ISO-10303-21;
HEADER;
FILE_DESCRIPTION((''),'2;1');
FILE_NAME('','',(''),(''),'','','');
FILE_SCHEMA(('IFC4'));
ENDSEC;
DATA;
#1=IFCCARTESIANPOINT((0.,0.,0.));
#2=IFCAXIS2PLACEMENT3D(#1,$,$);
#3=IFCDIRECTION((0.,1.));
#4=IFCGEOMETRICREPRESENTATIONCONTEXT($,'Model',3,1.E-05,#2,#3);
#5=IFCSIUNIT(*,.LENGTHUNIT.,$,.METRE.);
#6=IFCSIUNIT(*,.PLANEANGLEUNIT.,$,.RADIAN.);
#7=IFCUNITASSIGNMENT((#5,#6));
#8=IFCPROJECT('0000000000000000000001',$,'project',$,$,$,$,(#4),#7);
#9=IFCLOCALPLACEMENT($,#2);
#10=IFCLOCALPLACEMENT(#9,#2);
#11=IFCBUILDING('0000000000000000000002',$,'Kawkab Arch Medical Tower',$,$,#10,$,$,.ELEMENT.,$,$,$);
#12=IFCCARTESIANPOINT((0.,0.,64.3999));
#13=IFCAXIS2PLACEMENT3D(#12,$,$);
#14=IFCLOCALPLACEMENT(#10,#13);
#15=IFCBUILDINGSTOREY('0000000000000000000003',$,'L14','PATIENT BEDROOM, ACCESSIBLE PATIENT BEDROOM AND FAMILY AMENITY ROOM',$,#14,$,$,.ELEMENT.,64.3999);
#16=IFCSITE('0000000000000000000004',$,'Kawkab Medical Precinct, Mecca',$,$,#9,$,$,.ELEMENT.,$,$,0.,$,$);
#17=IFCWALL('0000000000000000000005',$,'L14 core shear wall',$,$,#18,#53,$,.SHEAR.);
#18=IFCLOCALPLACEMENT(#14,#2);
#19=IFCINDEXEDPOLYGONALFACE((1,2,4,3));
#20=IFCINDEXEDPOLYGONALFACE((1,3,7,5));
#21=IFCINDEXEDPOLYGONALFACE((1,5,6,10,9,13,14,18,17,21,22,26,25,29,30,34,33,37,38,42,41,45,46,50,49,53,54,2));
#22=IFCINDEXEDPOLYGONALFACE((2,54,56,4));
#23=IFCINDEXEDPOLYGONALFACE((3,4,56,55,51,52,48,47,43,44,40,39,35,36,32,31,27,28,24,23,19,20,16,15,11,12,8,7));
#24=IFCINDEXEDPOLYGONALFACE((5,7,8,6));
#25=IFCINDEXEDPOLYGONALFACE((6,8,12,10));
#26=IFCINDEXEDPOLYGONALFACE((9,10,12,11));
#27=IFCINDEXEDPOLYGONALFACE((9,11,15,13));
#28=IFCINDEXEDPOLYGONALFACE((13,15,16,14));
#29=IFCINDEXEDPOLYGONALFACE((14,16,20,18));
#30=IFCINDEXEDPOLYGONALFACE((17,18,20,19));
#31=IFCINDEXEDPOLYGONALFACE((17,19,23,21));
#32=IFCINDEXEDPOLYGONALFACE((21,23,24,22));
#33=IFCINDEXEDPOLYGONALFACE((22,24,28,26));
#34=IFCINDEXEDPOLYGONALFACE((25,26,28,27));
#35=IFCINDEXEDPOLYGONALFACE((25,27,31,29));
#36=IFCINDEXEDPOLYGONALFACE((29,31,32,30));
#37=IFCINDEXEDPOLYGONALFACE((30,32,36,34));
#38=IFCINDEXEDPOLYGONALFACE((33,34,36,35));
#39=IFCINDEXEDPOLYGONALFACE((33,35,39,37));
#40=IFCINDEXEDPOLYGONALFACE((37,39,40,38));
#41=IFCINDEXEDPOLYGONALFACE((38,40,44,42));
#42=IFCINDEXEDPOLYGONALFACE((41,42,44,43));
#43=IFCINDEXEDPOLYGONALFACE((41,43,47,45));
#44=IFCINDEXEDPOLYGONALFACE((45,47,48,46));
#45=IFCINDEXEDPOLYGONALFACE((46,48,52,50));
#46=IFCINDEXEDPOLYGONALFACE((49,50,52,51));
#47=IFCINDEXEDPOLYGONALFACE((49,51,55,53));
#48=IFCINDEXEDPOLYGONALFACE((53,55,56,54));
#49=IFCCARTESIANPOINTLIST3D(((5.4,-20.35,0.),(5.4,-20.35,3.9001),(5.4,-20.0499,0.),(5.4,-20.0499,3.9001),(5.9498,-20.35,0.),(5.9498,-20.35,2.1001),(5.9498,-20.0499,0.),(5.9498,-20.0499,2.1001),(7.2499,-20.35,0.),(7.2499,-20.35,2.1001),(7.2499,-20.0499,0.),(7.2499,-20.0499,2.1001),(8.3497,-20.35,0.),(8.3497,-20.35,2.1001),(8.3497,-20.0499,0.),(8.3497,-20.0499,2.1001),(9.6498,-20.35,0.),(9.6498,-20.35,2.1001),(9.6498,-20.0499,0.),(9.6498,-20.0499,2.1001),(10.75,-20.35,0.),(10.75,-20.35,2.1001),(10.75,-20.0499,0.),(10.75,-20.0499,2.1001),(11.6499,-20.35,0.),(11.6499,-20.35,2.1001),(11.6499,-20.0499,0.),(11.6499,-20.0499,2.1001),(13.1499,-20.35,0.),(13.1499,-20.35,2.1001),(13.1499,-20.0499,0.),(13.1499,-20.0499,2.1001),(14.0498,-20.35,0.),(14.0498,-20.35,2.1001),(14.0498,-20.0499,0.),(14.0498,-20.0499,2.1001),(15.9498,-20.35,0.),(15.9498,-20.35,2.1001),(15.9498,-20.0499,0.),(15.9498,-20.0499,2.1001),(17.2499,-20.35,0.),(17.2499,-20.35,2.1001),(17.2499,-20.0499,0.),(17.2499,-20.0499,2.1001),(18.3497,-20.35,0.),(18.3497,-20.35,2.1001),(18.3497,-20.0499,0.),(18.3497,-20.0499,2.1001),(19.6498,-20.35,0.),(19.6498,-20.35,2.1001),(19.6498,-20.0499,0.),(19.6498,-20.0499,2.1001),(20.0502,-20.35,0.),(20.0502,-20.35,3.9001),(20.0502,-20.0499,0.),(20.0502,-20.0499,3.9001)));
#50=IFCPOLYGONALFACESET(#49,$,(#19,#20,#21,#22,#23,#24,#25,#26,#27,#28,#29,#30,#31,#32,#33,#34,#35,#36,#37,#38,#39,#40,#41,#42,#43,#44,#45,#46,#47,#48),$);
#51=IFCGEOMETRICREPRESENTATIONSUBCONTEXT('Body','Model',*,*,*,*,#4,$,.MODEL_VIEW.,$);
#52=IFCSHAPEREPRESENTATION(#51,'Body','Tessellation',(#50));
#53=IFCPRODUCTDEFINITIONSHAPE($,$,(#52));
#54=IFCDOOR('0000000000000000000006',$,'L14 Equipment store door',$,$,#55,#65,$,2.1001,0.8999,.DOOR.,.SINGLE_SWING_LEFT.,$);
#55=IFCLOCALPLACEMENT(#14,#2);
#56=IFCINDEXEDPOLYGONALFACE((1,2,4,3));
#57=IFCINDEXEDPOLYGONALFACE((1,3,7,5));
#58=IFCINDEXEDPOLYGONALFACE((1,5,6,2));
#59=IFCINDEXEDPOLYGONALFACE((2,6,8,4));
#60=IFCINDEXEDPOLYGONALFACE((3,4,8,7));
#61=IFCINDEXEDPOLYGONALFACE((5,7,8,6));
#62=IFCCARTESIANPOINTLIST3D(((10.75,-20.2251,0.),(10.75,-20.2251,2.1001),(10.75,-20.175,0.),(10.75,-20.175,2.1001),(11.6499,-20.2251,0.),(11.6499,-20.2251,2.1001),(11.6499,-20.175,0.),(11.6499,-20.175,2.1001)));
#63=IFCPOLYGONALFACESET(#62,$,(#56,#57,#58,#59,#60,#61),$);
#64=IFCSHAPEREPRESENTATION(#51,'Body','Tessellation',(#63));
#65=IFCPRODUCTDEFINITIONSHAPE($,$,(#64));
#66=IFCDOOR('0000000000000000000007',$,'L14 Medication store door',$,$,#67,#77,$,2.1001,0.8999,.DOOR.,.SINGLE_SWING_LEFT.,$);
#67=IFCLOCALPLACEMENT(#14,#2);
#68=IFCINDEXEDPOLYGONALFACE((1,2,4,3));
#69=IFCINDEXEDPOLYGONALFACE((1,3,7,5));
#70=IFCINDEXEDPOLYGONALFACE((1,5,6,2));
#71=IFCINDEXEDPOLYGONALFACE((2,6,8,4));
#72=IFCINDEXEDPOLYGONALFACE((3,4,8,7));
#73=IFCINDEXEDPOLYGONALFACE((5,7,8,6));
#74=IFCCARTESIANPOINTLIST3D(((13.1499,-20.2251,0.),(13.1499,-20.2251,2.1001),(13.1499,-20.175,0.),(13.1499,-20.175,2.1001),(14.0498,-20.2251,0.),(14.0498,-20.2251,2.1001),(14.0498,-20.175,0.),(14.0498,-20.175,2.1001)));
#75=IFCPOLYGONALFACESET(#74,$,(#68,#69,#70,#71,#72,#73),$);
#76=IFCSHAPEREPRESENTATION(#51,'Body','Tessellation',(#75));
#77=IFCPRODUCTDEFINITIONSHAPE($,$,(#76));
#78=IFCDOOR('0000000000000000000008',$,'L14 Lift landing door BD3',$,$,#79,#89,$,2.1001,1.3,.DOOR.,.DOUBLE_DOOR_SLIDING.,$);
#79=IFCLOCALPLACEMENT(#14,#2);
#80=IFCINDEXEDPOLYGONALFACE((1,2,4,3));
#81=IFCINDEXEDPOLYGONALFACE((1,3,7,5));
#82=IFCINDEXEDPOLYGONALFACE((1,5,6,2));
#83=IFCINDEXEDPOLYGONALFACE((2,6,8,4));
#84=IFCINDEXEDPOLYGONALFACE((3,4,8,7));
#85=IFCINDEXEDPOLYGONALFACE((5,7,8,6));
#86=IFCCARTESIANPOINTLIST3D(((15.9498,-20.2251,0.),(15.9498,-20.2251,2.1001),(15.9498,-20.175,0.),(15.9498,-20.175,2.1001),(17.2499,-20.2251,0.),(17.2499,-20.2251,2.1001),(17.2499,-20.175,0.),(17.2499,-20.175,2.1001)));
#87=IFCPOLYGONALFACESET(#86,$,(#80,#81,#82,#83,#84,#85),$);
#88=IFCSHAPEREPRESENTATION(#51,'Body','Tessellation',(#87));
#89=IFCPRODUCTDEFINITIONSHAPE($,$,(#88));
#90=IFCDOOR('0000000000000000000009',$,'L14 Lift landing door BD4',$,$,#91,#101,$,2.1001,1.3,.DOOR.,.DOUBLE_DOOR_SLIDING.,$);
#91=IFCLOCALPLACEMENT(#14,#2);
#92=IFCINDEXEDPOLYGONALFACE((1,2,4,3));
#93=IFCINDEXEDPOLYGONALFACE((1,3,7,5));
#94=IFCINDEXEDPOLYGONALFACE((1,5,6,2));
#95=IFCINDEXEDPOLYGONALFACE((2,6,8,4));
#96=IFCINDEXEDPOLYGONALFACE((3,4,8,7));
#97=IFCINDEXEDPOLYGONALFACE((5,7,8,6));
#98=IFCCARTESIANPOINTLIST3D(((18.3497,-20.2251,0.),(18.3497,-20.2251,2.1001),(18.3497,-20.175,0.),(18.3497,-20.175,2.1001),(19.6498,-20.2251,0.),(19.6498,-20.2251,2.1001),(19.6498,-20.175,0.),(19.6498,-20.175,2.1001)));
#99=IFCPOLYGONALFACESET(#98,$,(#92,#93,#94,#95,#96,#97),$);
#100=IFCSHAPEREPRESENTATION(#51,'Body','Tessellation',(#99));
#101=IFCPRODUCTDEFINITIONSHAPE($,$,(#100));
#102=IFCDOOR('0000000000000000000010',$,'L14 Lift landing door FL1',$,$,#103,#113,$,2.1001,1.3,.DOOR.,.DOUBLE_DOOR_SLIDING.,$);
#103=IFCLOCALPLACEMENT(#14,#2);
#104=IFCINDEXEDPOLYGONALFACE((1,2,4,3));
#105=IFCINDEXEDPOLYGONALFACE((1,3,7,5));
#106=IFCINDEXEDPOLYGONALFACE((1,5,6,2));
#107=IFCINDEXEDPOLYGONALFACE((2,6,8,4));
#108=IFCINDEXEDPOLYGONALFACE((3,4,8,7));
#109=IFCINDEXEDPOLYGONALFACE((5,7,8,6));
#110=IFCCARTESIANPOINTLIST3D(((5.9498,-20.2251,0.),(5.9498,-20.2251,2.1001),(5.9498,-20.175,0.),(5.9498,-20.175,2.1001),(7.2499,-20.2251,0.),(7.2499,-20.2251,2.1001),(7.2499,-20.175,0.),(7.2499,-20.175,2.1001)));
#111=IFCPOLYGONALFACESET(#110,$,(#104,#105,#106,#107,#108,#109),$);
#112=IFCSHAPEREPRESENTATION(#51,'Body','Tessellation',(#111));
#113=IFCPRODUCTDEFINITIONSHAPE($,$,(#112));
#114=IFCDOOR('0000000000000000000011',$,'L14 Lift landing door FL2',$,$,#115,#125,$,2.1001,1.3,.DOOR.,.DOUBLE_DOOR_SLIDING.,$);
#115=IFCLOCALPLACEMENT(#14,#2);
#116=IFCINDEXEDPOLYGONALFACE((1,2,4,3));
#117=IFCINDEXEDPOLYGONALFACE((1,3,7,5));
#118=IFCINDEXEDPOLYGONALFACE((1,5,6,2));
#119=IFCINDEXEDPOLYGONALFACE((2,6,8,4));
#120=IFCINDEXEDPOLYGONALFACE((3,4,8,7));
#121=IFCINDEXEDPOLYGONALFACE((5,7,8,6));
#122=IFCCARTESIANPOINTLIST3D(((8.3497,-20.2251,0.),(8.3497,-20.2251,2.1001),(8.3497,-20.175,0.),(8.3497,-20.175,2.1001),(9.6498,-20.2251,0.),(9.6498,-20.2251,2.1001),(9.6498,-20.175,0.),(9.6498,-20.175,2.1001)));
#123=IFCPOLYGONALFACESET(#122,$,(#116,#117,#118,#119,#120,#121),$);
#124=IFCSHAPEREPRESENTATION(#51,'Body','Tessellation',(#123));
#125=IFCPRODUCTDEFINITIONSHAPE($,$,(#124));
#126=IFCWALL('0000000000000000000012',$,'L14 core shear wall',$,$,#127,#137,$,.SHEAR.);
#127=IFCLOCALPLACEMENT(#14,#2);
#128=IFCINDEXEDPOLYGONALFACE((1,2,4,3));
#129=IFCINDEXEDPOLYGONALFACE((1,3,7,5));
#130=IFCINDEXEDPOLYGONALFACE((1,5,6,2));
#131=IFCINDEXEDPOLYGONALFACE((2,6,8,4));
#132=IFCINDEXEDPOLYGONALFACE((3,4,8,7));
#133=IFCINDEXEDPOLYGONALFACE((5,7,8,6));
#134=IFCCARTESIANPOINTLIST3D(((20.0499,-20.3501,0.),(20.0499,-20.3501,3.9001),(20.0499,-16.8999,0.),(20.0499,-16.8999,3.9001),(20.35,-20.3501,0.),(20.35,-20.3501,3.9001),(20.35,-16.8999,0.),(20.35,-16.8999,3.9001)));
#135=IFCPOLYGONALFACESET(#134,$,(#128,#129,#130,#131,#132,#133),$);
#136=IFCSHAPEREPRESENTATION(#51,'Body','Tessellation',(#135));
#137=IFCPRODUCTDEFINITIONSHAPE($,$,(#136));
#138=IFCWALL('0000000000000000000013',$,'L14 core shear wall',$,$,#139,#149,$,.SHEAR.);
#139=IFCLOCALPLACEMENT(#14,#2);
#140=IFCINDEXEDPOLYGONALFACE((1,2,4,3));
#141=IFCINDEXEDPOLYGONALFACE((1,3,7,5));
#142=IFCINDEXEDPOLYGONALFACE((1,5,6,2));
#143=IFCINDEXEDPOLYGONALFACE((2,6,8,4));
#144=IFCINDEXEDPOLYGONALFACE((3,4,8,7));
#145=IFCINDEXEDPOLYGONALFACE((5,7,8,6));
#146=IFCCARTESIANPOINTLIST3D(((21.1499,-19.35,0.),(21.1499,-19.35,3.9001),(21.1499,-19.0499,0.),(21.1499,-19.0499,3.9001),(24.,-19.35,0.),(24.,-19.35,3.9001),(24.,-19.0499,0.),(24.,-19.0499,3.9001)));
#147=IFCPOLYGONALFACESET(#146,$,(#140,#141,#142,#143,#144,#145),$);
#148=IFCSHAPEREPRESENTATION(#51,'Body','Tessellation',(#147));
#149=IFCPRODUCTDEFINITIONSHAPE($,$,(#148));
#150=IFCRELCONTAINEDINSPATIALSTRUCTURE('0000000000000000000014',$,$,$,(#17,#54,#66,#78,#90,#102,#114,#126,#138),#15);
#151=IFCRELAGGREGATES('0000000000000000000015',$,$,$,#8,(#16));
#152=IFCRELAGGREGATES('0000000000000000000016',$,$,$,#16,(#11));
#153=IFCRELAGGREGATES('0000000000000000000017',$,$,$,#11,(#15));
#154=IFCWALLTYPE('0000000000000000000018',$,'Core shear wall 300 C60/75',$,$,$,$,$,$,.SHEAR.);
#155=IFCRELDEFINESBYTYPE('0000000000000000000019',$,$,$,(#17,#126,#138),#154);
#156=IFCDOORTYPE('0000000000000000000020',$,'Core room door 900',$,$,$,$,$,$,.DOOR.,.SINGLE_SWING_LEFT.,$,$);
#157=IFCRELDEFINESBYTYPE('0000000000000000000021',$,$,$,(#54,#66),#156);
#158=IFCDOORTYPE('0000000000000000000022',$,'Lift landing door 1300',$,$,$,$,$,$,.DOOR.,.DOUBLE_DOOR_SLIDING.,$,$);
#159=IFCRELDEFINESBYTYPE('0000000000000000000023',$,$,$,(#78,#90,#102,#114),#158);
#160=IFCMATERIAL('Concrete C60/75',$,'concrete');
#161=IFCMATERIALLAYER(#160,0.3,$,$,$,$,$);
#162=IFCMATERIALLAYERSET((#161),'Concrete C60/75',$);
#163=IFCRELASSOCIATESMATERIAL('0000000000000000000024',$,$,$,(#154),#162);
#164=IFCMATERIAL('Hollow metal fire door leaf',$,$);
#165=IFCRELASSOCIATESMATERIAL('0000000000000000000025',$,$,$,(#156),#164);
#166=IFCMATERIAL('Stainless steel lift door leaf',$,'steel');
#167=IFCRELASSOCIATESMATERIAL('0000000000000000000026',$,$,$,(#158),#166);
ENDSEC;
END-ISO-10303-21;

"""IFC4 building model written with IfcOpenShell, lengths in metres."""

from ifc_helpers import new_model, si_unit, direction, frame, frame_2d, origin, place, context, subcontext, project, spatial, rectangle, extrude, material, layer, layer_set, type_object, element, fill, save


model = new_model("IFC4")

# Units and contexts
model_context = context("Model", 3, precision=1e-05, world=origin(), true_north=direction((0.0, 1.0)))
body_context = subcontext(model_context, "Body", "Model", "MODEL_VIEW")
ifc_project = project(units=[si_unit("LENGTHUNIT", "METRE"), si_unit("PLANEANGLEUNIT", "RADIAN")], contexts=[model_context])

# Site, building, storey
site_placement = place(None, origin())
site = spatial("IfcSite", under=ifc_project, at=site_placement, Name="Kawkab Medical Precinct, Mecca", CompositionType="ELEMENT", RefElevation=0.0)
building_placement = place(site_placement, origin())
building = spatial("IfcBuilding", under=site, at=building_placement, Name="Kawkab Arch Medical Tower", CompositionType="ELEMENT")
storey_placement = place(building_placement, frame((0.0, 0.0, 64.3999)))
storey = spatial("IfcBuildingStorey", under=building, at=storey_placement, Name="L14", Description="PATIENT BEDROOM, ACCESSIBLE PATIENT BEDROOM AND FAMILY AMENITY ROOM", CompositionType="ELEMENT", Elevation=64.3999)

# Shared definitions
ifc_material_1 = material(Name="Concrete C60/75", Category="concrete")
ifc_layer_1 = layer(ifc_material_1, 0.3)
ifc_layer_set_1 = layer_set([ifc_layer_1], Name="Concrete C60/75")
wall_type_1 = type_object("IfcWallType", Name="Core shear wall 300 C60/75", PredefinedType="SHEAR", material=ifc_layer_set_1)

# Wall, openings, doors
wall_1_placement = place(storey_placement, frame((5.3999, -20.2, 0.0), z_axis=(0.0, 0.0, 1.0), x_axis=(1.0, 0.0, 0.0)))
wall_1 = element("IfcWall", 1, at=wall_1_placement, inside=storey, type_object=wall_type_1, Name="L14 core shear wall", PredefinedType="SHEAR", context=body_context, shape_type="SweptSolid", body=[
    extrude(rectangle(XDim=14.6501, YDim=0.3, at=frame_2d((7.3252, 0.0))), origin(), (0.0, 0.0, 1.0), 3.9001),
])
opening_1_placement = place(wall_1_placement, frame((10.55, 0.0, 0.0)))
opening_1 = element("IfcOpeningElement", 2, at=opening_1_placement, cuts=wall_1, PredefinedType="OPENING", context=body_context, shape_type="SweptSolid", body=[
    extrude(rectangle(XDim=1.3, YDim=2.1001, at=frame_2d((0.6499, 1.05))), frame((0.0, 0.1599, 0.0), z_axis=(0.0, -1.0, 0.0), x_axis=(1.0, 0.0, 0.0)), (0.0, 0.0, 1.0), 0.3201),
])
opening_2_placement = place(wall_1_placement, frame((12.95, 0.0, 0.0)))
opening_2 = element("IfcOpeningElement", 3, at=opening_2_placement, cuts=wall_1, PredefinedType="OPENING", context=body_context, shape_type="SweptSolid", body=[
    extrude(rectangle(XDim=1.3, YDim=2.1001, at=frame_2d((0.6499, 1.05))), frame((0.0, 0.1599, 0.0), z_axis=(0.0, -1.0, 0.0), x_axis=(1.0, 0.0, 0.0)), (0.0, 0.0, 1.0), 0.3201),
])
opening_3_placement = place(wall_1_placement, frame((0.55, 0.0, 0.0)))
opening_3 = element("IfcOpeningElement", 4, at=opening_3_placement, cuts=wall_1, PredefinedType="OPENING", context=body_context, shape_type="SweptSolid", body=[
    extrude(rectangle(XDim=1.3, YDim=2.1001, at=frame_2d((0.6499, 1.05))), frame((0.0, 0.1599, 0.0), z_axis=(0.0, -1.0, 0.0), x_axis=(1.0, 0.0, 0.0)), (0.0, 0.0, 1.0), 0.3201),
])
opening_4_placement = place(wall_1_placement, frame((2.95, 0.0, 0.0)))
opening_4 = element("IfcOpeningElement", 5, at=opening_4_placement, cuts=wall_1, PredefinedType="OPENING", context=body_context, shape_type="SweptSolid", body=[
    extrude(rectangle(XDim=1.3, YDim=2.1001, at=frame_2d((0.6499, 1.05))), frame((0.0, 0.1599, 0.0), z_axis=(0.0, -1.0, 0.0), x_axis=(1.0, 0.0, 0.0)), (0.0, 0.0, 1.0), 0.3201),
])
opening_5_placement = place(wall_1_placement, frame((5.3501, 0.0, 0.0)))
opening_5 = element("IfcOpeningElement", 6, at=opening_5_placement, cuts=wall_1, PredefinedType="OPENING", context=body_context, shape_type="SweptSolid", body=[
    extrude(rectangle(XDim=0.8999, YDim=2.1001, at=frame_2d((0.45, 1.05))), frame((0.0, 0.1599, 0.0), z_axis=(0.0, -1.0, 0.0), x_axis=(1.0, 0.0, 0.0)), (0.0, 0.0, 1.0), 0.3201),
])
opening_6_placement = place(wall_1_placement, frame((7.75, 0.0, 0.0)))
opening_6 = element("IfcOpeningElement", 7, at=opening_6_placement, cuts=wall_1, PredefinedType="OPENING", context=body_context, shape_type="SweptSolid", body=[
    extrude(rectangle(XDim=0.8999, YDim=2.1001, at=frame_2d((0.45, 1.05))), frame((0.0, 0.1599, 0.0), z_axis=(0.0, -1.0, 0.0), x_axis=(1.0, 0.0, 0.0)), (0.0, 0.0, 1.0), 0.3201),
])
ifc_material_2 = material(Name="Hollow metal fire door leaf")
door_type_1 = type_object("IfcDoorType", Name="Core room door 900", OperationType="SINGLE_SWING_LEFT", PredefinedType="DOOR", material=ifc_material_2)
door_1_placement = place(opening_5_placement, origin())
door_1 = element("IfcDoor", 8, at=door_1_placement, inside=storey, type_object=door_type_1, Name="L14 Equipment store door", OperationType="SINGLE_SWING_LEFT", OverallHeight=2.1001, OverallWidth=0.8999, PredefinedType="DOOR", context=body_context, shape_type="SweptSolid", body=[
    extrude(rectangle(XDim=0.8999, YDim=2.1001, at=frame_2d((0.45, 1.05))), frame((0.0, 0.0249, 0.0), z_axis=(0.0, -1.0, 0.0), x_axis=(1.0, 0.0, 0.0)), (0.0, 0.0, 1.0), 0.05),
])
fill(opening_5, door_1)
door_2_placement = place(opening_6_placement, origin())
door_2 = element("IfcDoor", 9, at=door_2_placement, inside=storey, type_object=door_type_1, Name="L14 Medication store door", OperationType="SINGLE_SWING_LEFT", OverallHeight=2.1001, OverallWidth=0.8999, PredefinedType="DOOR", context=body_context, shape_type="SweptSolid", body=[
    extrude(rectangle(XDim=0.8999, YDim=2.1001, at=frame_2d((0.45, 1.05))), frame((0.0, 0.0249, 0.0), z_axis=(0.0, -1.0, 0.0), x_axis=(1.0, 0.0, 0.0)), (0.0, 0.0, 1.0), 0.05),
])
fill(opening_6, door_2)
ifc_material_3 = material(Name="Stainless steel lift door leaf", Category="steel")
door_type_2 = type_object("IfcDoorType", Name="Lift landing door 1300", OperationType="DOUBLE_DOOR_SLIDING", PredefinedType="DOOR", material=ifc_material_3)
door_3_placement = place(opening_1_placement, origin())
door_3 = element("IfcDoor", 10, at=door_3_placement, inside=storey, type_object=door_type_2, Name="L14 Lift landing door BD3", OperationType="DOUBLE_DOOR_SLIDING", OverallHeight=2.1001, OverallWidth=1.3, PredefinedType="DOOR", context=body_context, shape_type="SweptSolid", body=[
    extrude(rectangle(XDim=1.3, YDim=2.1001, at=frame_2d((0.6499, 1.05))), frame((0.0, 0.0249, 0.0), z_axis=(0.0, -1.0, 0.0), x_axis=(1.0, 0.0, 0.0)), (0.0, 0.0, 1.0), 0.05),
])
fill(opening_1, door_3)
door_4_placement = place(opening_2_placement, origin())
door_4 = element("IfcDoor", 11, at=door_4_placement, inside=storey, type_object=door_type_2, Name="L14 Lift landing door BD4", OperationType="DOUBLE_DOOR_SLIDING", OverallHeight=2.1001, OverallWidth=1.3, PredefinedType="DOOR", context=body_context, shape_type="SweptSolid", body=[
    extrude(rectangle(XDim=1.3, YDim=2.1001, at=frame_2d((0.6499, 1.05))), frame((0.0, 0.0249, 0.0), z_axis=(0.0, -1.0, 0.0), x_axis=(1.0, 0.0, 0.0)), (0.0, 0.0, 1.0), 0.05),
])
fill(opening_2, door_4)
door_5_placement = place(opening_3_placement, origin())
door_5 = element("IfcDoor", 12, at=door_5_placement, inside=storey, type_object=door_type_2, Name="L14 Lift landing door FL1", OperationType="DOUBLE_DOOR_SLIDING", OverallHeight=2.1001, OverallWidth=1.3, PredefinedType="DOOR", context=body_context, shape_type="SweptSolid", body=[
    extrude(rectangle(XDim=1.3, YDim=2.1001, at=frame_2d((0.6499, 1.05))), frame((0.0, 0.0249, 0.0), z_axis=(0.0, -1.0, 0.0), x_axis=(1.0, 0.0, 0.0)), (0.0, 0.0, 1.0), 0.05),
])
fill(opening_3, door_5)
door_6_placement = place(opening_4_placement, origin())
door_6 = element("IfcDoor", 13, at=door_6_placement, inside=storey, type_object=door_type_2, Name="L14 Lift landing door FL2", OperationType="DOUBLE_DOOR_SLIDING", OverallHeight=2.1001, OverallWidth=1.3, PredefinedType="DOOR", context=body_context, shape_type="SweptSolid", body=[
    extrude(rectangle(XDim=1.3, YDim=2.1001, at=frame_2d((0.6499, 1.05))), frame((0.0, 0.0249, 0.0), z_axis=(0.0, -1.0, 0.0), x_axis=(1.0, 0.0, 0.0)), (0.0, 0.0, 1.0), 0.05),
])
fill(opening_4, door_6)

# Walls
wall_2_placement = place(storey_placement, frame((20.2, -20.3501, 0.0), z_axis=(0.0, 0.0, 1.0), x_axis=(0.0, 1.0, 0.0)))
element("IfcWall", 14, at=wall_2_placement, inside=storey, type_object=wall_type_1, Name="L14 core shear wall", PredefinedType="SHEAR", context=body_context, shape_type="SweptSolid", body=[
    extrude(rectangle(XDim=3.4502, YDim=0.3, at=frame_2d((1.7251, 0.0))), origin(), (0.0, 0.0, 1.0), 3.9001),
])
wall_3_placement = place(storey_placement, frame((21.1499, -19.2, 0.0), z_axis=(0.0, 0.0, 1.0), x_axis=(1.0, 0.0, 0.0)))
element("IfcWall", 15, at=wall_3_placement, inside=storey, type_object=wall_type_1, Name="L14 core shear wall", PredefinedType="SHEAR", context=body_context, shape_type="SweptSolid", body=[
    extrude(rectangle(XDim=2.8501, YDim=0.3, at=frame_2d((1.425, 0.0))), origin(), (0.0, 0.0, 1.0), 3.9001),
])

save(model, "model.ifc")
